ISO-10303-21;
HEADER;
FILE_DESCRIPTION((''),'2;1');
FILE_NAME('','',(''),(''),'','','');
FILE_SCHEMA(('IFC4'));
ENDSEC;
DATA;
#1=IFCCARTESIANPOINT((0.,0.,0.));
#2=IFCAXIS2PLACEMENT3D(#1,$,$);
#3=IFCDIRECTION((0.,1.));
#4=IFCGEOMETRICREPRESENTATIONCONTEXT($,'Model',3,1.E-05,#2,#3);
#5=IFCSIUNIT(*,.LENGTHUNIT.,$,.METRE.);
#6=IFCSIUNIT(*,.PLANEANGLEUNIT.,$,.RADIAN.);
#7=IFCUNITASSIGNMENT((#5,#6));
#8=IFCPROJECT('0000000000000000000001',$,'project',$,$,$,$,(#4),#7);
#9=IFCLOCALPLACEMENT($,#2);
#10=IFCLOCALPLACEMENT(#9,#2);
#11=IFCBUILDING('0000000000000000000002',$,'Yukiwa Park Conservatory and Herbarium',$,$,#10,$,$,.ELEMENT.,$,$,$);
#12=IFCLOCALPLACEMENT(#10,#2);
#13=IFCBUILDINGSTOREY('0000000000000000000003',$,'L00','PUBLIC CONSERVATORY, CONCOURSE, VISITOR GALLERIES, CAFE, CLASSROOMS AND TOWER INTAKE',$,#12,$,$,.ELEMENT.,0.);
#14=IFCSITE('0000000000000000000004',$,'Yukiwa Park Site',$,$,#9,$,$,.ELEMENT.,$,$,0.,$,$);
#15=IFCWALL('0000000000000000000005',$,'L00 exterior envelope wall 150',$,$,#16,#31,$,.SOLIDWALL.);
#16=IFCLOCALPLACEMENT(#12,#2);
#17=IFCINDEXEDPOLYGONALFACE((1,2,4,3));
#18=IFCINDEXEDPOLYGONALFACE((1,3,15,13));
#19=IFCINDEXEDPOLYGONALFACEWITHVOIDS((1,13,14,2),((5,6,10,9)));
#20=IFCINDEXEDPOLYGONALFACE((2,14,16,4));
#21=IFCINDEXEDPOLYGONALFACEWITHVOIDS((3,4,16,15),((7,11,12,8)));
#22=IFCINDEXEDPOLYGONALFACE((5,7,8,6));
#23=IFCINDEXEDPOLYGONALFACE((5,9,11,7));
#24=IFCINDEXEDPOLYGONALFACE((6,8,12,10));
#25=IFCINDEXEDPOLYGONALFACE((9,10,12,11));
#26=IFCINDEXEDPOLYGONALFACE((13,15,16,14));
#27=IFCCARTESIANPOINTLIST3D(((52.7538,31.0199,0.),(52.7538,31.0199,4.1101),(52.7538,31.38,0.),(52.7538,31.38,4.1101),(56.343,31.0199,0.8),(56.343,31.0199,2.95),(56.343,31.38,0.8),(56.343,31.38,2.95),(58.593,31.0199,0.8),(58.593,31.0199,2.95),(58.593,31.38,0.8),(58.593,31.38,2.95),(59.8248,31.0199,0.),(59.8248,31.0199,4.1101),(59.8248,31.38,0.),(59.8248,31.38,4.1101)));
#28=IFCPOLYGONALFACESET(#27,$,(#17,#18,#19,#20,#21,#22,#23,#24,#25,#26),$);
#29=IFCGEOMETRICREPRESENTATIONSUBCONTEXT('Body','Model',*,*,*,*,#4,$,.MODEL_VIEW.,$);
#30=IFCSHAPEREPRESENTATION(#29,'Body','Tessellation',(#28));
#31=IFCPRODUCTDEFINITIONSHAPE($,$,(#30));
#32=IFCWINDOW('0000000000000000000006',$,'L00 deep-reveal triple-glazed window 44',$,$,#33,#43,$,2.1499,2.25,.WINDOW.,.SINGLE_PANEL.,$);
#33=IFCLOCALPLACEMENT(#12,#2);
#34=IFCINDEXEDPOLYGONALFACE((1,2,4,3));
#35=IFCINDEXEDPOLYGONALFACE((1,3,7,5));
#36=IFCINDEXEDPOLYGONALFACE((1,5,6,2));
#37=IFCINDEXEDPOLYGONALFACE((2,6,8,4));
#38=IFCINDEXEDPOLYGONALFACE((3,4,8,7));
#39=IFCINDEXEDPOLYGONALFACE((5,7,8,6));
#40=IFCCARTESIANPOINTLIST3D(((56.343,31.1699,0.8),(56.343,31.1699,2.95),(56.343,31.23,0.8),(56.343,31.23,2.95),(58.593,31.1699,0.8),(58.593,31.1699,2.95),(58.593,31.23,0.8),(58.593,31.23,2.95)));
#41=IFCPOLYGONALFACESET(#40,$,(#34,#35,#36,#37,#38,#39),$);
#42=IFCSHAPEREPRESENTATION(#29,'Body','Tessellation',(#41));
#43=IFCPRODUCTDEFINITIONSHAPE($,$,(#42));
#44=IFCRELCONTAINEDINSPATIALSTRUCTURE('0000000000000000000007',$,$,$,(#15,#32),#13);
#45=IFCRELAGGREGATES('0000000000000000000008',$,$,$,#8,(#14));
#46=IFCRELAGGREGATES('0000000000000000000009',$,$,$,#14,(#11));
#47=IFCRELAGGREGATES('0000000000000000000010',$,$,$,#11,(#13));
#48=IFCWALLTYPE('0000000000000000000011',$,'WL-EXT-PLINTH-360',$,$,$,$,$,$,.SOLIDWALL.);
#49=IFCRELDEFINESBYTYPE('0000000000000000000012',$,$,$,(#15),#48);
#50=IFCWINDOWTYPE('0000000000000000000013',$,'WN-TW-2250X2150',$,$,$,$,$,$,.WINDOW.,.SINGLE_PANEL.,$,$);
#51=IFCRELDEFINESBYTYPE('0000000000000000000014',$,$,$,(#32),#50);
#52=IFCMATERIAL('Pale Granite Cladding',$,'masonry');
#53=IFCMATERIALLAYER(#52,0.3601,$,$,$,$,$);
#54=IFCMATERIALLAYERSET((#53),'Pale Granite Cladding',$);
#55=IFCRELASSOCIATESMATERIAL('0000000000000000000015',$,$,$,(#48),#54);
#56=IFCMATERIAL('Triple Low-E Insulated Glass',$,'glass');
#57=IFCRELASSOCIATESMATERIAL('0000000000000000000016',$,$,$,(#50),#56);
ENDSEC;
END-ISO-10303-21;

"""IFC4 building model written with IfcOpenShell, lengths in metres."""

from ifc_helpers import new_model, si_unit, direction, frame, frame_2d, origin, place, context, subcontext, project, spatial, rectangle, extrude, material, layer, layer_set, type_object, element, fill, save


model = new_model("IFC4")

# Units and contexts
model_context = context("Model", 3, precision=1e-05, world=origin(), true_north=direction((0.0, 1.0)))
body_context = subcontext(model_context, "Body", "Model", "MODEL_VIEW")
ifc_project = project(units=[si_unit("LENGTHUNIT", "METRE"), si_unit("PLANEANGLEUNIT", "RADIAN")], contexts=[model_context])

# Site, building, storey
site_placement = place(None, origin())
site = spatial("IfcSite", under=ifc_project, at=site_placement, Name="Yukiwa Park Site", CompositionType="ELEMENT", RefElevation=0.0)
building_placement = place(site_placement, origin())
building = spatial("IfcBuilding", under=site, at=building_placement, Name="Yukiwa Park Conservatory and Herbarium", CompositionType="ELEMENT")
storey_placement = place(building_placement, origin())
storey = spatial("IfcBuildingStorey", under=building, at=storey_placement, Name="L00", Description="PUBLIC CONSERVATORY, CONCOURSE, VISITOR GALLERIES, CAFE, CLASSROOMS AND TOWER INTAKE", CompositionType="ELEMENT", Elevation=0.0)

# Wall, opening, window
ifc_material_1 = material(Name="Pale Granite Cladding", Category="masonry")
ifc_layer_1 = layer(ifc_material_1, 0.3601)
ifc_layer_set_1 = layer_set([ifc_layer_1], Name="Pale Granite Cladding")
wall_type = type_object("IfcWallType", Name="WL-EXT-PLINTH-360", PredefinedType="SOLIDWALL", material=ifc_layer_set_1)
wall_placement = place(storey_placement, frame((59.825, 31.2, 0.0), z_axis=(0.0, 0.0, 1.0), x_axis=(-1.0, 0.0, 0.0)))
wall = element("IfcWall", 1, at=wall_placement, inside=storey, type_object=wall_type, Name="L00 exterior envelope wall 150", PredefinedType="SOLIDWALL", context=body_context, shape_type="SweptSolid", body=[
    extrude(rectangle(XDim=7.071, YDim=0.3601, at=frame_2d((3.5356, 0.0))), origin(), (0.0, 0.0, 1.0), 4.1101),
])
opening_placement = place(wall_placement, frame((1.2319, 0.0, 0.8)))
opening = element("IfcOpeningElement", 2, at=opening_placement, cuts=wall, PredefinedType="OPENING", context=body_context, shape_type="SweptSolid", body=[
    extrude(rectangle(XDim=2.25, YDim=2.1499, at=frame_2d((1.125, 1.075))), frame((0.0, 0.1899, 0.0), z_axis=(0.0, -1.0, 0.0), x_axis=(1.0, 0.0, 0.0)), (0.0, 0.0, 1.0), 0.3801),
])
ifc_material_2 = material(Name="Triple Low-E Insulated Glass", Category="glass")
window_type = type_object("IfcWindowType", Name="WN-TW-2250X2150", PartitioningType="SINGLE_PANEL", PredefinedType="WINDOW", material=ifc_material_2)
window_placement = place(opening_placement, origin())
window = element("IfcWindow", 3, at=window_placement, inside=storey, type_object=window_type, Name="L00 deep-reveal triple-glazed window 44", OverallHeight=2.1499, OverallWidth=2.25, PartitioningType="SINGLE_PANEL", PredefinedType="WINDOW", context=body_context, shape_type="SweptSolid", body=[
    extrude(rectangle(XDim=2.25, YDim=2.1499, at=frame_2d((1.125, 1.075))), frame((0.0, 0.03, 0.0), z_axis=(0.0, -1.0, 0.0), x_axis=(1.0, 0.0, 0.0)), (0.0, 0.0, 1.0), 0.0601),
])
fill(opening, window)

save(model, "model.ifc")
